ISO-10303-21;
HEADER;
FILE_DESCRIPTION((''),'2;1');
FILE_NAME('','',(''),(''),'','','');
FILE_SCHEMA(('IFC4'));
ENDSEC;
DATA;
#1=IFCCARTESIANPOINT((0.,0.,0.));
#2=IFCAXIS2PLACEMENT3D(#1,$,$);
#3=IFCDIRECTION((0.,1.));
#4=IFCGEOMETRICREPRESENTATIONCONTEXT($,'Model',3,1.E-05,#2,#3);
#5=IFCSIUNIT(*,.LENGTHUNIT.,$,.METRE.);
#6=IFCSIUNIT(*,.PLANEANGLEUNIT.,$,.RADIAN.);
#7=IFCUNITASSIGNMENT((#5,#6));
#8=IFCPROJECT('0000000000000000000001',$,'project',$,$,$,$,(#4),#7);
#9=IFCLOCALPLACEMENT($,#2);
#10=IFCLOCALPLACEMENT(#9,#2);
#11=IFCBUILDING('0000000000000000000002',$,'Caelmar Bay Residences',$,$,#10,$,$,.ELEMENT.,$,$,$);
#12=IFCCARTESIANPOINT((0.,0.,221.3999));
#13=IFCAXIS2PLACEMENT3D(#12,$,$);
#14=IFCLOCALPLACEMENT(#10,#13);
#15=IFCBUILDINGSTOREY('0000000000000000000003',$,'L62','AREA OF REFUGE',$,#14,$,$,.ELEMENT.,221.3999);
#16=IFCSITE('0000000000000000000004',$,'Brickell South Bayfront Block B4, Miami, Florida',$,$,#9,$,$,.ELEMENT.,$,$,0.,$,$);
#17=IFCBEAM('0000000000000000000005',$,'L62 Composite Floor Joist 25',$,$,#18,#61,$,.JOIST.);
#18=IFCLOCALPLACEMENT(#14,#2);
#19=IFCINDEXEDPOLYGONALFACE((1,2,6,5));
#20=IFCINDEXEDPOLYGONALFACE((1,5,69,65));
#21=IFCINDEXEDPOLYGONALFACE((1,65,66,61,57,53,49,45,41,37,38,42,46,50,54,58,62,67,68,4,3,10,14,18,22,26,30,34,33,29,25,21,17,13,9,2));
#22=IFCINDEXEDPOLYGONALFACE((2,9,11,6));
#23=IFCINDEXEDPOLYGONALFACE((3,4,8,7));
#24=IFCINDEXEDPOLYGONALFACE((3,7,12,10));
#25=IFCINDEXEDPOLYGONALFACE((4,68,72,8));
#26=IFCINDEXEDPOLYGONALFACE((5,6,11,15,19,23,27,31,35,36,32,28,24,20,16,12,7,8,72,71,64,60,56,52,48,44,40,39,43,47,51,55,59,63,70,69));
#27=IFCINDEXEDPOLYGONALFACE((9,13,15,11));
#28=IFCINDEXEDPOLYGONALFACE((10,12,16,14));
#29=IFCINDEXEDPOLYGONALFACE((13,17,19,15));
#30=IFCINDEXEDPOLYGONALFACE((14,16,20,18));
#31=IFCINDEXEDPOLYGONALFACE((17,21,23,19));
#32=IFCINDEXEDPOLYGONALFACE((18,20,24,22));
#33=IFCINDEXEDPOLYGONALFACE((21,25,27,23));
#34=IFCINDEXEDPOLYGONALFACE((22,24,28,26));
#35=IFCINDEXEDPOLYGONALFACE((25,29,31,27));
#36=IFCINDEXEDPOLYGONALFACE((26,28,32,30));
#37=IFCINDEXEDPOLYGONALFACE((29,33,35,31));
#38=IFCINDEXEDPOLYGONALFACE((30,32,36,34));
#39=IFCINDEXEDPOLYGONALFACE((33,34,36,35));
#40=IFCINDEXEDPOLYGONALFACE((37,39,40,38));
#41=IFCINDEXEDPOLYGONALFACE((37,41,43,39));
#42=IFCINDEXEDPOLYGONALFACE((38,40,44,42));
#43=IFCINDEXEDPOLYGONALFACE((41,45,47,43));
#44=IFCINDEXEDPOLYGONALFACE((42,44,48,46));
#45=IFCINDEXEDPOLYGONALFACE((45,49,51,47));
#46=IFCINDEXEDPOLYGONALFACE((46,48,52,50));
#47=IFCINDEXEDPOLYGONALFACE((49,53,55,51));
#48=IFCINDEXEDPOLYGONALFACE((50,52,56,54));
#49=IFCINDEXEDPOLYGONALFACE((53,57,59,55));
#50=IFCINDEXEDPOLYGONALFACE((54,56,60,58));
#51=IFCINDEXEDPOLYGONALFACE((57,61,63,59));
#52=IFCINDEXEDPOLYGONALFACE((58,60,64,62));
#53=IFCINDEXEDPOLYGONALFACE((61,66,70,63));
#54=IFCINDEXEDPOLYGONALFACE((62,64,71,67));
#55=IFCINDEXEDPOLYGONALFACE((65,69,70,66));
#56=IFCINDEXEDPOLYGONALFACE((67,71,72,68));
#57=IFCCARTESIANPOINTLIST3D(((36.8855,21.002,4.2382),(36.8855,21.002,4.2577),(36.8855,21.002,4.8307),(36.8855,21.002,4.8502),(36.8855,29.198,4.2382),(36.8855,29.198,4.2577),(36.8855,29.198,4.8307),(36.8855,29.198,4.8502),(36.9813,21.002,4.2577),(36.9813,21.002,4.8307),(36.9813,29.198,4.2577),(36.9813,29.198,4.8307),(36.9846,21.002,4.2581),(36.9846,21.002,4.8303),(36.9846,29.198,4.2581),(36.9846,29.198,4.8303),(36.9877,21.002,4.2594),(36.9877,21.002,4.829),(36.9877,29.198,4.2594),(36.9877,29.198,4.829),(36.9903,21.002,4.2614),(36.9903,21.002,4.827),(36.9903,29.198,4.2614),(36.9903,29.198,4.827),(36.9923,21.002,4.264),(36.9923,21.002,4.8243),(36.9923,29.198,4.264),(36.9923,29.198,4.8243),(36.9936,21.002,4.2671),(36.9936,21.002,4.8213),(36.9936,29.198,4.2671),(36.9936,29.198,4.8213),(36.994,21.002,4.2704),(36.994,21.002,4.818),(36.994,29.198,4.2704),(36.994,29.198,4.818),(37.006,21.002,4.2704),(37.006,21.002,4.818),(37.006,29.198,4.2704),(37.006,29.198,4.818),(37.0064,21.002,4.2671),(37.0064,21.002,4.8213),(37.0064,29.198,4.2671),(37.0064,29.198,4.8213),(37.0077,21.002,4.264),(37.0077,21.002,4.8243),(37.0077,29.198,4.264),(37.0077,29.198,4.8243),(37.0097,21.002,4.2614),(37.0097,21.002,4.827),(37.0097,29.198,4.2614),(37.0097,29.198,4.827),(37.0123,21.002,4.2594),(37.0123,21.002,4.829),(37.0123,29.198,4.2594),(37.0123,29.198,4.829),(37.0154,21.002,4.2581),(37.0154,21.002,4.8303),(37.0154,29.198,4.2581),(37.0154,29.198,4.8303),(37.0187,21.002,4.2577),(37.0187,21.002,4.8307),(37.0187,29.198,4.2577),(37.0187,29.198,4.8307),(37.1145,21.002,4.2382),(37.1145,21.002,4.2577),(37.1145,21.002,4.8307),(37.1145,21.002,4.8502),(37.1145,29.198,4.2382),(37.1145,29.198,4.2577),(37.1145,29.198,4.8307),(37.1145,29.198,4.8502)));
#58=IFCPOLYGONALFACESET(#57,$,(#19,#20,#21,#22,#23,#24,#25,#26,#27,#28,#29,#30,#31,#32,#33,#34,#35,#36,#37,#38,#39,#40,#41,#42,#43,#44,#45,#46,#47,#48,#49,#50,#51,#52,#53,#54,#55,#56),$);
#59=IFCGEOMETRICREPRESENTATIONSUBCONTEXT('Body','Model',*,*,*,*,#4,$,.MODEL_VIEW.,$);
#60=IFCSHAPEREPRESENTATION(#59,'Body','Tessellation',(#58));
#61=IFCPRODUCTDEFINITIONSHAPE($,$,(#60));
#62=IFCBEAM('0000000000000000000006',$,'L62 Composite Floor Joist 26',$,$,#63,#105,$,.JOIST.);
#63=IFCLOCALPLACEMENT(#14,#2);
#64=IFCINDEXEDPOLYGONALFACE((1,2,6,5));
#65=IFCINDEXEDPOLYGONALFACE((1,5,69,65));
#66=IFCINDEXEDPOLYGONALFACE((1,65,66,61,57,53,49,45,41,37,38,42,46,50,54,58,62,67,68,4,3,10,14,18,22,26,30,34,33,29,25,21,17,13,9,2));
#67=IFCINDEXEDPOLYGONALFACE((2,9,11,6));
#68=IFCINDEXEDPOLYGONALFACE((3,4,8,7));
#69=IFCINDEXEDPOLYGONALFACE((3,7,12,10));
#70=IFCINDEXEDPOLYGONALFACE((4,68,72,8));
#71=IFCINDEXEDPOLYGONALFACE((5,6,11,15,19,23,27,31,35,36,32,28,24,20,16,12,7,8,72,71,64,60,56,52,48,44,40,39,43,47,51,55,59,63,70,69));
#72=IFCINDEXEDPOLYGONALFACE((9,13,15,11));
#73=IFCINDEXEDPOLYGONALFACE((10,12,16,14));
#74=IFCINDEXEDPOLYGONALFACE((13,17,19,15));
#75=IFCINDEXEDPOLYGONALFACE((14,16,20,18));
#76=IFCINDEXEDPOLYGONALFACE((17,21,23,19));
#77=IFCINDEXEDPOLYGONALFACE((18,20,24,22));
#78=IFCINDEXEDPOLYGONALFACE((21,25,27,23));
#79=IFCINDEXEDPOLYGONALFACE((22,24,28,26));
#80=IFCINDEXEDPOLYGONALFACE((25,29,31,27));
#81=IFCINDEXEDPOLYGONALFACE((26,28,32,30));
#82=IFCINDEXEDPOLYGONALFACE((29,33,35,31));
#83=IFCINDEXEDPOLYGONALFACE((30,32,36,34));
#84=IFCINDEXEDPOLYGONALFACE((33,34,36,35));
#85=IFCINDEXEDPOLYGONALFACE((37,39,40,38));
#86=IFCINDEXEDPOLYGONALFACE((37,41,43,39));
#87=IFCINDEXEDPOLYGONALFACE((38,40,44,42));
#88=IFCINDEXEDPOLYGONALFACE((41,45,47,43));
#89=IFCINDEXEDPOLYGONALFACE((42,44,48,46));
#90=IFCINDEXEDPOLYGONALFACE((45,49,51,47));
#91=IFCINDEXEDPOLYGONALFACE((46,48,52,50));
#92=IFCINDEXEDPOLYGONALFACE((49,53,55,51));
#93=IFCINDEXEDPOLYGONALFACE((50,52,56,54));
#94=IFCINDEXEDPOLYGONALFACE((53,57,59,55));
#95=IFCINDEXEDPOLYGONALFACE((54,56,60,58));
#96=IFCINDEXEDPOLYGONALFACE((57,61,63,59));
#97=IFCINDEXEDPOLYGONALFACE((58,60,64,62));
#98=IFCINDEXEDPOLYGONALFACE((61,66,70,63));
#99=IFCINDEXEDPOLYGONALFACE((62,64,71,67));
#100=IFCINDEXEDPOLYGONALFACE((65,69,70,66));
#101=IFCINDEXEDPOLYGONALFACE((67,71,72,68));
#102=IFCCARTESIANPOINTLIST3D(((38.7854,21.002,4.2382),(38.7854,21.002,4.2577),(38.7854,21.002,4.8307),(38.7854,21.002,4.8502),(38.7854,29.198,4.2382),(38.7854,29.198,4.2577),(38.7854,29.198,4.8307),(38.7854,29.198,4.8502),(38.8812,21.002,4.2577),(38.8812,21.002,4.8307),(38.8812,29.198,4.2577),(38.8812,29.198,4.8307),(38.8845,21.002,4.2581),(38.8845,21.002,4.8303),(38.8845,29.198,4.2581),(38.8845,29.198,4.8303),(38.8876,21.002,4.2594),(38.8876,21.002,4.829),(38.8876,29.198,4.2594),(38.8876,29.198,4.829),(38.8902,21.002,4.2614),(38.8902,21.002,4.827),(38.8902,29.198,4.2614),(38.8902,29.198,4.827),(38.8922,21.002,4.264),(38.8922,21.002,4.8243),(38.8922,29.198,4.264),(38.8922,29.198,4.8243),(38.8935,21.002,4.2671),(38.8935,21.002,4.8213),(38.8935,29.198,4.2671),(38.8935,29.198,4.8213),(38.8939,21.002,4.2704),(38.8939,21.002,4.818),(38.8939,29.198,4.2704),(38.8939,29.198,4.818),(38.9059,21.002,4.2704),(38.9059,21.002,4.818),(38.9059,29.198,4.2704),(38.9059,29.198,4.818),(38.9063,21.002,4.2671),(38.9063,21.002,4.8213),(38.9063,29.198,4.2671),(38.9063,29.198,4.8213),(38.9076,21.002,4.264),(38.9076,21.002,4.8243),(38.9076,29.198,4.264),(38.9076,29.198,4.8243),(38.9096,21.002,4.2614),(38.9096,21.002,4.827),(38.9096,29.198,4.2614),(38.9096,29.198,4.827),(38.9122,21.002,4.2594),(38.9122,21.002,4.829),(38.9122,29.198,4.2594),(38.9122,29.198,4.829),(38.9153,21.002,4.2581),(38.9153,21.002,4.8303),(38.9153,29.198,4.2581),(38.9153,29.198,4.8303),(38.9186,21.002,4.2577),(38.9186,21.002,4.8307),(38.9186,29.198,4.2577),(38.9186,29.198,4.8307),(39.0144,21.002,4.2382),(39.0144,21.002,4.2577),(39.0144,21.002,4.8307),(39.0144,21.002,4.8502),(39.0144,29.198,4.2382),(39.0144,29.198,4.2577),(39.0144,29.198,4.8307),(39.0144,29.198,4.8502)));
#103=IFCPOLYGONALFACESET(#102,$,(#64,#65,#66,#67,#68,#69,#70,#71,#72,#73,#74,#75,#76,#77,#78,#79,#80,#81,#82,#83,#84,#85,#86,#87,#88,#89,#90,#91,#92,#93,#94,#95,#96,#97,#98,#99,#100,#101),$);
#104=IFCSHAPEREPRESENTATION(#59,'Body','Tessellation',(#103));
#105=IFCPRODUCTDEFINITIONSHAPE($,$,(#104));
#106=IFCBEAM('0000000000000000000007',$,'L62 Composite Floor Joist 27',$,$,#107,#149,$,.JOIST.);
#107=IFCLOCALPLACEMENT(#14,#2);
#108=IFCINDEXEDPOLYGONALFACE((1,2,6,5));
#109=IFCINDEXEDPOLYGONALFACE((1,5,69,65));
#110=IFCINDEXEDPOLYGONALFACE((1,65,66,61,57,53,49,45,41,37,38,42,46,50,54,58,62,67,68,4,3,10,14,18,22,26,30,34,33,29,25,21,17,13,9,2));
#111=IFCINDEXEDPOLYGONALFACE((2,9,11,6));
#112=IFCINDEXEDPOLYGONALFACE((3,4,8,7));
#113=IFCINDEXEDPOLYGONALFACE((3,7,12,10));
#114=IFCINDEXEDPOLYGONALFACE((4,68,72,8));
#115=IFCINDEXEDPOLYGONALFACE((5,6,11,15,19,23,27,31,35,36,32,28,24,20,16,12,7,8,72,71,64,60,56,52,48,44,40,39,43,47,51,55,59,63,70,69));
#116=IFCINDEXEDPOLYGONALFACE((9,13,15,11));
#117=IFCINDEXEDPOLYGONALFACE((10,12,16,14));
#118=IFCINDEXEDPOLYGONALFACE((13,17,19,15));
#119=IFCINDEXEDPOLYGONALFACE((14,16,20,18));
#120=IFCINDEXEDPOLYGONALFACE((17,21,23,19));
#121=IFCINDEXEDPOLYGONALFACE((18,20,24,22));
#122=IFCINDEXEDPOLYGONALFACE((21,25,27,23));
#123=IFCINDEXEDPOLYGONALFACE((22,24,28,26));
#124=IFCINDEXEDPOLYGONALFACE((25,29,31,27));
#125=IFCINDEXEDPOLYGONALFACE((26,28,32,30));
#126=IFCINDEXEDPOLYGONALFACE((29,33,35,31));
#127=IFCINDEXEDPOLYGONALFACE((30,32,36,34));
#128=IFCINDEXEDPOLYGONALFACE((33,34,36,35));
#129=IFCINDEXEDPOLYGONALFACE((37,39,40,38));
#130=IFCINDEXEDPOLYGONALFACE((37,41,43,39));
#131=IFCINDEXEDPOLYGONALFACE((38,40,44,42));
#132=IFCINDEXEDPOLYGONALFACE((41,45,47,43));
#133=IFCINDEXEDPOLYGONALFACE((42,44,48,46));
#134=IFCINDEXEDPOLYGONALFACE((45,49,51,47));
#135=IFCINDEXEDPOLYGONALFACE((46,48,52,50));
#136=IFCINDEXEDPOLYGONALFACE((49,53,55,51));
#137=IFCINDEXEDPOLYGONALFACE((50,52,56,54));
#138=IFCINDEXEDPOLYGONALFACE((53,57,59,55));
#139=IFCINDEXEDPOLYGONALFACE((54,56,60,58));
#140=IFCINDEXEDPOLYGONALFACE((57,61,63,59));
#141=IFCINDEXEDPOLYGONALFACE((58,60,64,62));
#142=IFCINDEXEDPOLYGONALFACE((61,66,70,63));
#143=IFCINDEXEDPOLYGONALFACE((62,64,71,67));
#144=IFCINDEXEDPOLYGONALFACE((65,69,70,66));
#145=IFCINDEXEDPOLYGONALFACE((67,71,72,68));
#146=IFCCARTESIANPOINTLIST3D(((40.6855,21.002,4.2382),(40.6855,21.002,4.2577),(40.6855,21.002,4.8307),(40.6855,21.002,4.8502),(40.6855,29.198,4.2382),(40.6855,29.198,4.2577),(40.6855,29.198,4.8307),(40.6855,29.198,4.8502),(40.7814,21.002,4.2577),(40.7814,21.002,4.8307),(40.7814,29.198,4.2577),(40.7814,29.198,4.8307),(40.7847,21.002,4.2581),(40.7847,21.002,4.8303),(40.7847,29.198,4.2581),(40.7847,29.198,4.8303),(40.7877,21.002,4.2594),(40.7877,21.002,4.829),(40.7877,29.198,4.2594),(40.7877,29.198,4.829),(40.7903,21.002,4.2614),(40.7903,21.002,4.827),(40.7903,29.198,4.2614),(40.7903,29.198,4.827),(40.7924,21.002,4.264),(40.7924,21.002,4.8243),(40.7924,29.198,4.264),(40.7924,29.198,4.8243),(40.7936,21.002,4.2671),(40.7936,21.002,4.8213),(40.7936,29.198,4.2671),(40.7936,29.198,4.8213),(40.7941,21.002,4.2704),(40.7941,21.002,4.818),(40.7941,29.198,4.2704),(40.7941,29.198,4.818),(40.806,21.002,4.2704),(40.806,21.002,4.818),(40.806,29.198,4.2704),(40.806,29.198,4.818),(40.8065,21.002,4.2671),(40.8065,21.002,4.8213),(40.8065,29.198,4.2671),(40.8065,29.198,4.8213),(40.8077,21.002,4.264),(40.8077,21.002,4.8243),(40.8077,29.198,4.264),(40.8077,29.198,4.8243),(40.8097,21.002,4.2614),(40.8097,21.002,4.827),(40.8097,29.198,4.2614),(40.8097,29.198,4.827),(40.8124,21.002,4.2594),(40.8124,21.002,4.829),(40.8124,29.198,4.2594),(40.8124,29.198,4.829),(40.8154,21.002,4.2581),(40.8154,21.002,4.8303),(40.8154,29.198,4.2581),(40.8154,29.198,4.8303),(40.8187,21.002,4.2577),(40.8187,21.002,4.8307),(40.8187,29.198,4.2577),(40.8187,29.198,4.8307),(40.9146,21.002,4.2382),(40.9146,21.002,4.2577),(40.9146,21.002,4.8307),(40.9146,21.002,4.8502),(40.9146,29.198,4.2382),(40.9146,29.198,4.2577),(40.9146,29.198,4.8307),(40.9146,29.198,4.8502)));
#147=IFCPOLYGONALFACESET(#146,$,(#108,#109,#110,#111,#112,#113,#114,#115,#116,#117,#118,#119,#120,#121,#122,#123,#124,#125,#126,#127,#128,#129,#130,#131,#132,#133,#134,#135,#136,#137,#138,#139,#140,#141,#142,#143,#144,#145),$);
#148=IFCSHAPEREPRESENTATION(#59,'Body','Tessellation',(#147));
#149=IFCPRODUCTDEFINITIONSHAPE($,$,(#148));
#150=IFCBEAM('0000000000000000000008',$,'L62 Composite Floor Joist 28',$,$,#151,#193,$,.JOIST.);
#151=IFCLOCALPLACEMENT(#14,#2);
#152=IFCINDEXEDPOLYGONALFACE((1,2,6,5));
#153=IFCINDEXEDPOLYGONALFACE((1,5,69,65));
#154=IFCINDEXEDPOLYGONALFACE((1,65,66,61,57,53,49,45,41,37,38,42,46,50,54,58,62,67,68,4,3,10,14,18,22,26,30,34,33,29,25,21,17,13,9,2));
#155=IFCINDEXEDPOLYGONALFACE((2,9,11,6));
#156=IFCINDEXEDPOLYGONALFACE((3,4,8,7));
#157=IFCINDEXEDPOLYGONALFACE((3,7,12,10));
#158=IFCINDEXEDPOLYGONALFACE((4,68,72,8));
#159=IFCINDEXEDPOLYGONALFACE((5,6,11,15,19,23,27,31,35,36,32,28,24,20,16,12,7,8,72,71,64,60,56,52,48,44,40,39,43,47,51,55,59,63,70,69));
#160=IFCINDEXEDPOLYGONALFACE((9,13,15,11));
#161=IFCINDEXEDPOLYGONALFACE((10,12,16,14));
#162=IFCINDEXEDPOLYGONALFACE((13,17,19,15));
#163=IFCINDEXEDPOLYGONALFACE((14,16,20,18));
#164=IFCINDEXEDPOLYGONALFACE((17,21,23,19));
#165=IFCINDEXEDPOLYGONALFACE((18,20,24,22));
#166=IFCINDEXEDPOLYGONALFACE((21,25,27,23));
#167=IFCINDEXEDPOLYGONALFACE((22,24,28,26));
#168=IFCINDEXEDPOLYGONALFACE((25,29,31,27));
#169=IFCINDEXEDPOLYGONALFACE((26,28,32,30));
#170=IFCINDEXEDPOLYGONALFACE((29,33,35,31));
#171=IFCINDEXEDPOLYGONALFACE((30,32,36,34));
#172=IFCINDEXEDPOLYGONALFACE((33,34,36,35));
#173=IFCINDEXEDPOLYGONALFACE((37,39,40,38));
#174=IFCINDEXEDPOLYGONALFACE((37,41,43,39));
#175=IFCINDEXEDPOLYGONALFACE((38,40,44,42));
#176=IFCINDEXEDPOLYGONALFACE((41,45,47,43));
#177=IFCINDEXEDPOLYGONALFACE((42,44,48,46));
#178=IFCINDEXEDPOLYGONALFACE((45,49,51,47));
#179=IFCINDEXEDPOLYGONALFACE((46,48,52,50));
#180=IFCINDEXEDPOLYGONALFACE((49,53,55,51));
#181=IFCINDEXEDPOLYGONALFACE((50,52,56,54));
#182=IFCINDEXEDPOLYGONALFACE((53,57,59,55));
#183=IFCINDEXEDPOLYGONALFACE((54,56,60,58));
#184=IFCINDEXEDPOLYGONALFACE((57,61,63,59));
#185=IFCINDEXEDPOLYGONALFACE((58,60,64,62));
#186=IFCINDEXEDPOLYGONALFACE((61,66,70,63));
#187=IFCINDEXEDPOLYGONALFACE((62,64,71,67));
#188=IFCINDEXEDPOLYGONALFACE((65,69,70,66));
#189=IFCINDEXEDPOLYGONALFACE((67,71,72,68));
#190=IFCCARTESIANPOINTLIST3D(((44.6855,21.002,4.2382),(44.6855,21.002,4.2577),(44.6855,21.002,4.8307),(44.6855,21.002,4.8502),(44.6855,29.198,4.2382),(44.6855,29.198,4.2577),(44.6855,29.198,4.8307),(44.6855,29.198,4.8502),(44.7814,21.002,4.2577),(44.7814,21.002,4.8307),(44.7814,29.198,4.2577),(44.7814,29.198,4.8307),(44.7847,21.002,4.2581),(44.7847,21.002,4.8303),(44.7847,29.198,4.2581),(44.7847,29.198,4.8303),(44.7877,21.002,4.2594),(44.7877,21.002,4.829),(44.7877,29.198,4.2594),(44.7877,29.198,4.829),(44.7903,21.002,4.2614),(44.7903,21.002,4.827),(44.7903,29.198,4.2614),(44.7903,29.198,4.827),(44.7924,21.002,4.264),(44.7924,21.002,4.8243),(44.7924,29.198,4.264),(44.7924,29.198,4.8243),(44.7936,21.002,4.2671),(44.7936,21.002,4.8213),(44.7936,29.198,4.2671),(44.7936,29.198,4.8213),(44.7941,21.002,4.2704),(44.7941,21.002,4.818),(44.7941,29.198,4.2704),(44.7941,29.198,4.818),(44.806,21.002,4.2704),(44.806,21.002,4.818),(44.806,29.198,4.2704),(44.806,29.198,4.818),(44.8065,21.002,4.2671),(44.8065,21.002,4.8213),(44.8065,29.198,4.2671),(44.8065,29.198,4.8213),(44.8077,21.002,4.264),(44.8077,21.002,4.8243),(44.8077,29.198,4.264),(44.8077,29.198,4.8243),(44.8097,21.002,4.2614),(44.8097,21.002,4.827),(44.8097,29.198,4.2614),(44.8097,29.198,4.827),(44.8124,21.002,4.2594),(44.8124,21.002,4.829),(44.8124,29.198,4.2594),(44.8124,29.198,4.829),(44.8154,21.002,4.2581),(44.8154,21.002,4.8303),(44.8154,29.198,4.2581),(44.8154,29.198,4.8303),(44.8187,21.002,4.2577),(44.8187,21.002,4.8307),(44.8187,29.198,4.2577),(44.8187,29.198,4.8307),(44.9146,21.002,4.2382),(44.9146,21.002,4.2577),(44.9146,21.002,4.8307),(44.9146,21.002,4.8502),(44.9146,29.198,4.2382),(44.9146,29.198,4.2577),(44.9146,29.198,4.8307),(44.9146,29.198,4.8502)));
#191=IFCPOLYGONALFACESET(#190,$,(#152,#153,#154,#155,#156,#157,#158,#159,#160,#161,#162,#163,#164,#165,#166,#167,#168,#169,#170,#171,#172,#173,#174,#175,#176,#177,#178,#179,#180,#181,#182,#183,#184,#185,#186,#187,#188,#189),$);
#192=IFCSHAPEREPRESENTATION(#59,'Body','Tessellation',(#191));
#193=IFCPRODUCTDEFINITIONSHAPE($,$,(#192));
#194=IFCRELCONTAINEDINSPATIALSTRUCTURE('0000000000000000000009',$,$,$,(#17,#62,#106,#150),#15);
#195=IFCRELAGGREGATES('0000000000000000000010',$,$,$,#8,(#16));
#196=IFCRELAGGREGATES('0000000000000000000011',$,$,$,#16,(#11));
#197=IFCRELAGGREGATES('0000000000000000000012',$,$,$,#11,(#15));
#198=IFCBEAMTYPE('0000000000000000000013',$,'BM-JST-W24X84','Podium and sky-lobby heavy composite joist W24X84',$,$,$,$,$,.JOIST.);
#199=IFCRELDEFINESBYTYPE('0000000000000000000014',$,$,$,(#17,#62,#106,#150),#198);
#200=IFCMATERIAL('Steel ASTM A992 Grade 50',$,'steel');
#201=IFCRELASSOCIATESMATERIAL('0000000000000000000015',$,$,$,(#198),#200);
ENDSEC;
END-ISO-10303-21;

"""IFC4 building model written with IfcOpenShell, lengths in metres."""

from ifc_helpers import new_model, si_unit, direction, frame, origin, origin_2d, place, context, subcontext, project, spatial, i_section, extrude, material, material_profile, profile_set, type_object, element, save


model = new_model("IFC4")

# Units and contexts
model_context = context("Model", 3, precision=1e-05, world=origin(), true_north=direction((0.0, 1.0)))
body_context = subcontext(model_context, "Body", "Model", "MODEL_VIEW")
ifc_project = project(units=[si_unit("LENGTHUNIT", "METRE"), si_unit("PLANEANGLEUNIT", "RADIAN")], contexts=[model_context])

# Site, building, storey
site_placement = place(None, origin())
site = spatial("IfcSite", under=ifc_project, at=site_placement, Name="Brickell South Bayfront Block B4, Miami, Florida", CompositionType="ELEMENT", RefElevation=0.0)
building_placement = place(site_placement, origin())
building = spatial("IfcBuilding", under=site, at=building_placement, Name="Caelmar Bay Residences", CompositionType="ELEMENT")
storey_placement = place(building_placement, frame((0.0, 0.0, 221.3999)))
storey = spatial("IfcBuildingStorey", under=building, at=storey_placement, Name="L62", Description="AREA OF REFUGE", CompositionType="ELEMENT", Elevation=221.3999)

# Beams
ifc_material_1 = material(Name="Steel ASTM A992 Grade 50", Category="steel")
ifc_material_profile_1 = material_profile(ifc_material_1, i_section(OverallWidth=0.229, OverallDepth=0.6121, WebThickness=0.012, FlangeThickness=0.0195, FilletRadius=0.0127, at=origin_2d()), Name="W24X84")
ifc_profile_set_1 = profile_set([ifc_material_profile_1], Name="Steel ASTM A992 Grade 50")
beam_type_1 = type_object("IfcBeamType", Name="BM-JST-W24X84", Description="Podium and sky-lobby heavy composite joist W24X84", PredefinedType="JOIST", material=ifc_profile_set_1)
for number, where, z_axis, x_axis, name in (
    (1, (37.0, 21.002, 4.5442), (0.0, 1.0, 0.0), (-1.0, 0.0, 0.0), "L62 Composite Floor Joist 25"),
    (2, (38.8999, 21.002, 4.5442), (0.0, 1.0, 0.0), (-1.0, 0.0, 0.0), "L62 Composite Floor Joist 26"),
    (3, (40.8, 21.002, 4.5442), (0.0, 1.0, 0.0), (-1.0, 0.0, 0.0), "L62 Composite Floor Joist 27"),
    (4, (44.8, 21.002, 4.5442), (0.0, 1.0, 0.0), (-1.0, 0.0, 0.0), "L62 Composite Floor Joist 28"),
):
    element("IfcBeam", number, at=place(storey_placement, frame(where, z_axis=z_axis, x_axis=x_axis)), inside=storey, type_object=beam_type_1, Name=name, PredefinedType="JOIST", context=body_context, shape_type="SweptSolid", body=[
        extrude(i_section(OverallWidth=0.229, OverallDepth=0.6121, WebThickness=0.012, FlangeThickness=0.0195, FilletRadius=0.0127, at=origin_2d()), origin(), (0.0, 0.0, 1.0), 8.196),
    ])

save(model, "model.ifc")
